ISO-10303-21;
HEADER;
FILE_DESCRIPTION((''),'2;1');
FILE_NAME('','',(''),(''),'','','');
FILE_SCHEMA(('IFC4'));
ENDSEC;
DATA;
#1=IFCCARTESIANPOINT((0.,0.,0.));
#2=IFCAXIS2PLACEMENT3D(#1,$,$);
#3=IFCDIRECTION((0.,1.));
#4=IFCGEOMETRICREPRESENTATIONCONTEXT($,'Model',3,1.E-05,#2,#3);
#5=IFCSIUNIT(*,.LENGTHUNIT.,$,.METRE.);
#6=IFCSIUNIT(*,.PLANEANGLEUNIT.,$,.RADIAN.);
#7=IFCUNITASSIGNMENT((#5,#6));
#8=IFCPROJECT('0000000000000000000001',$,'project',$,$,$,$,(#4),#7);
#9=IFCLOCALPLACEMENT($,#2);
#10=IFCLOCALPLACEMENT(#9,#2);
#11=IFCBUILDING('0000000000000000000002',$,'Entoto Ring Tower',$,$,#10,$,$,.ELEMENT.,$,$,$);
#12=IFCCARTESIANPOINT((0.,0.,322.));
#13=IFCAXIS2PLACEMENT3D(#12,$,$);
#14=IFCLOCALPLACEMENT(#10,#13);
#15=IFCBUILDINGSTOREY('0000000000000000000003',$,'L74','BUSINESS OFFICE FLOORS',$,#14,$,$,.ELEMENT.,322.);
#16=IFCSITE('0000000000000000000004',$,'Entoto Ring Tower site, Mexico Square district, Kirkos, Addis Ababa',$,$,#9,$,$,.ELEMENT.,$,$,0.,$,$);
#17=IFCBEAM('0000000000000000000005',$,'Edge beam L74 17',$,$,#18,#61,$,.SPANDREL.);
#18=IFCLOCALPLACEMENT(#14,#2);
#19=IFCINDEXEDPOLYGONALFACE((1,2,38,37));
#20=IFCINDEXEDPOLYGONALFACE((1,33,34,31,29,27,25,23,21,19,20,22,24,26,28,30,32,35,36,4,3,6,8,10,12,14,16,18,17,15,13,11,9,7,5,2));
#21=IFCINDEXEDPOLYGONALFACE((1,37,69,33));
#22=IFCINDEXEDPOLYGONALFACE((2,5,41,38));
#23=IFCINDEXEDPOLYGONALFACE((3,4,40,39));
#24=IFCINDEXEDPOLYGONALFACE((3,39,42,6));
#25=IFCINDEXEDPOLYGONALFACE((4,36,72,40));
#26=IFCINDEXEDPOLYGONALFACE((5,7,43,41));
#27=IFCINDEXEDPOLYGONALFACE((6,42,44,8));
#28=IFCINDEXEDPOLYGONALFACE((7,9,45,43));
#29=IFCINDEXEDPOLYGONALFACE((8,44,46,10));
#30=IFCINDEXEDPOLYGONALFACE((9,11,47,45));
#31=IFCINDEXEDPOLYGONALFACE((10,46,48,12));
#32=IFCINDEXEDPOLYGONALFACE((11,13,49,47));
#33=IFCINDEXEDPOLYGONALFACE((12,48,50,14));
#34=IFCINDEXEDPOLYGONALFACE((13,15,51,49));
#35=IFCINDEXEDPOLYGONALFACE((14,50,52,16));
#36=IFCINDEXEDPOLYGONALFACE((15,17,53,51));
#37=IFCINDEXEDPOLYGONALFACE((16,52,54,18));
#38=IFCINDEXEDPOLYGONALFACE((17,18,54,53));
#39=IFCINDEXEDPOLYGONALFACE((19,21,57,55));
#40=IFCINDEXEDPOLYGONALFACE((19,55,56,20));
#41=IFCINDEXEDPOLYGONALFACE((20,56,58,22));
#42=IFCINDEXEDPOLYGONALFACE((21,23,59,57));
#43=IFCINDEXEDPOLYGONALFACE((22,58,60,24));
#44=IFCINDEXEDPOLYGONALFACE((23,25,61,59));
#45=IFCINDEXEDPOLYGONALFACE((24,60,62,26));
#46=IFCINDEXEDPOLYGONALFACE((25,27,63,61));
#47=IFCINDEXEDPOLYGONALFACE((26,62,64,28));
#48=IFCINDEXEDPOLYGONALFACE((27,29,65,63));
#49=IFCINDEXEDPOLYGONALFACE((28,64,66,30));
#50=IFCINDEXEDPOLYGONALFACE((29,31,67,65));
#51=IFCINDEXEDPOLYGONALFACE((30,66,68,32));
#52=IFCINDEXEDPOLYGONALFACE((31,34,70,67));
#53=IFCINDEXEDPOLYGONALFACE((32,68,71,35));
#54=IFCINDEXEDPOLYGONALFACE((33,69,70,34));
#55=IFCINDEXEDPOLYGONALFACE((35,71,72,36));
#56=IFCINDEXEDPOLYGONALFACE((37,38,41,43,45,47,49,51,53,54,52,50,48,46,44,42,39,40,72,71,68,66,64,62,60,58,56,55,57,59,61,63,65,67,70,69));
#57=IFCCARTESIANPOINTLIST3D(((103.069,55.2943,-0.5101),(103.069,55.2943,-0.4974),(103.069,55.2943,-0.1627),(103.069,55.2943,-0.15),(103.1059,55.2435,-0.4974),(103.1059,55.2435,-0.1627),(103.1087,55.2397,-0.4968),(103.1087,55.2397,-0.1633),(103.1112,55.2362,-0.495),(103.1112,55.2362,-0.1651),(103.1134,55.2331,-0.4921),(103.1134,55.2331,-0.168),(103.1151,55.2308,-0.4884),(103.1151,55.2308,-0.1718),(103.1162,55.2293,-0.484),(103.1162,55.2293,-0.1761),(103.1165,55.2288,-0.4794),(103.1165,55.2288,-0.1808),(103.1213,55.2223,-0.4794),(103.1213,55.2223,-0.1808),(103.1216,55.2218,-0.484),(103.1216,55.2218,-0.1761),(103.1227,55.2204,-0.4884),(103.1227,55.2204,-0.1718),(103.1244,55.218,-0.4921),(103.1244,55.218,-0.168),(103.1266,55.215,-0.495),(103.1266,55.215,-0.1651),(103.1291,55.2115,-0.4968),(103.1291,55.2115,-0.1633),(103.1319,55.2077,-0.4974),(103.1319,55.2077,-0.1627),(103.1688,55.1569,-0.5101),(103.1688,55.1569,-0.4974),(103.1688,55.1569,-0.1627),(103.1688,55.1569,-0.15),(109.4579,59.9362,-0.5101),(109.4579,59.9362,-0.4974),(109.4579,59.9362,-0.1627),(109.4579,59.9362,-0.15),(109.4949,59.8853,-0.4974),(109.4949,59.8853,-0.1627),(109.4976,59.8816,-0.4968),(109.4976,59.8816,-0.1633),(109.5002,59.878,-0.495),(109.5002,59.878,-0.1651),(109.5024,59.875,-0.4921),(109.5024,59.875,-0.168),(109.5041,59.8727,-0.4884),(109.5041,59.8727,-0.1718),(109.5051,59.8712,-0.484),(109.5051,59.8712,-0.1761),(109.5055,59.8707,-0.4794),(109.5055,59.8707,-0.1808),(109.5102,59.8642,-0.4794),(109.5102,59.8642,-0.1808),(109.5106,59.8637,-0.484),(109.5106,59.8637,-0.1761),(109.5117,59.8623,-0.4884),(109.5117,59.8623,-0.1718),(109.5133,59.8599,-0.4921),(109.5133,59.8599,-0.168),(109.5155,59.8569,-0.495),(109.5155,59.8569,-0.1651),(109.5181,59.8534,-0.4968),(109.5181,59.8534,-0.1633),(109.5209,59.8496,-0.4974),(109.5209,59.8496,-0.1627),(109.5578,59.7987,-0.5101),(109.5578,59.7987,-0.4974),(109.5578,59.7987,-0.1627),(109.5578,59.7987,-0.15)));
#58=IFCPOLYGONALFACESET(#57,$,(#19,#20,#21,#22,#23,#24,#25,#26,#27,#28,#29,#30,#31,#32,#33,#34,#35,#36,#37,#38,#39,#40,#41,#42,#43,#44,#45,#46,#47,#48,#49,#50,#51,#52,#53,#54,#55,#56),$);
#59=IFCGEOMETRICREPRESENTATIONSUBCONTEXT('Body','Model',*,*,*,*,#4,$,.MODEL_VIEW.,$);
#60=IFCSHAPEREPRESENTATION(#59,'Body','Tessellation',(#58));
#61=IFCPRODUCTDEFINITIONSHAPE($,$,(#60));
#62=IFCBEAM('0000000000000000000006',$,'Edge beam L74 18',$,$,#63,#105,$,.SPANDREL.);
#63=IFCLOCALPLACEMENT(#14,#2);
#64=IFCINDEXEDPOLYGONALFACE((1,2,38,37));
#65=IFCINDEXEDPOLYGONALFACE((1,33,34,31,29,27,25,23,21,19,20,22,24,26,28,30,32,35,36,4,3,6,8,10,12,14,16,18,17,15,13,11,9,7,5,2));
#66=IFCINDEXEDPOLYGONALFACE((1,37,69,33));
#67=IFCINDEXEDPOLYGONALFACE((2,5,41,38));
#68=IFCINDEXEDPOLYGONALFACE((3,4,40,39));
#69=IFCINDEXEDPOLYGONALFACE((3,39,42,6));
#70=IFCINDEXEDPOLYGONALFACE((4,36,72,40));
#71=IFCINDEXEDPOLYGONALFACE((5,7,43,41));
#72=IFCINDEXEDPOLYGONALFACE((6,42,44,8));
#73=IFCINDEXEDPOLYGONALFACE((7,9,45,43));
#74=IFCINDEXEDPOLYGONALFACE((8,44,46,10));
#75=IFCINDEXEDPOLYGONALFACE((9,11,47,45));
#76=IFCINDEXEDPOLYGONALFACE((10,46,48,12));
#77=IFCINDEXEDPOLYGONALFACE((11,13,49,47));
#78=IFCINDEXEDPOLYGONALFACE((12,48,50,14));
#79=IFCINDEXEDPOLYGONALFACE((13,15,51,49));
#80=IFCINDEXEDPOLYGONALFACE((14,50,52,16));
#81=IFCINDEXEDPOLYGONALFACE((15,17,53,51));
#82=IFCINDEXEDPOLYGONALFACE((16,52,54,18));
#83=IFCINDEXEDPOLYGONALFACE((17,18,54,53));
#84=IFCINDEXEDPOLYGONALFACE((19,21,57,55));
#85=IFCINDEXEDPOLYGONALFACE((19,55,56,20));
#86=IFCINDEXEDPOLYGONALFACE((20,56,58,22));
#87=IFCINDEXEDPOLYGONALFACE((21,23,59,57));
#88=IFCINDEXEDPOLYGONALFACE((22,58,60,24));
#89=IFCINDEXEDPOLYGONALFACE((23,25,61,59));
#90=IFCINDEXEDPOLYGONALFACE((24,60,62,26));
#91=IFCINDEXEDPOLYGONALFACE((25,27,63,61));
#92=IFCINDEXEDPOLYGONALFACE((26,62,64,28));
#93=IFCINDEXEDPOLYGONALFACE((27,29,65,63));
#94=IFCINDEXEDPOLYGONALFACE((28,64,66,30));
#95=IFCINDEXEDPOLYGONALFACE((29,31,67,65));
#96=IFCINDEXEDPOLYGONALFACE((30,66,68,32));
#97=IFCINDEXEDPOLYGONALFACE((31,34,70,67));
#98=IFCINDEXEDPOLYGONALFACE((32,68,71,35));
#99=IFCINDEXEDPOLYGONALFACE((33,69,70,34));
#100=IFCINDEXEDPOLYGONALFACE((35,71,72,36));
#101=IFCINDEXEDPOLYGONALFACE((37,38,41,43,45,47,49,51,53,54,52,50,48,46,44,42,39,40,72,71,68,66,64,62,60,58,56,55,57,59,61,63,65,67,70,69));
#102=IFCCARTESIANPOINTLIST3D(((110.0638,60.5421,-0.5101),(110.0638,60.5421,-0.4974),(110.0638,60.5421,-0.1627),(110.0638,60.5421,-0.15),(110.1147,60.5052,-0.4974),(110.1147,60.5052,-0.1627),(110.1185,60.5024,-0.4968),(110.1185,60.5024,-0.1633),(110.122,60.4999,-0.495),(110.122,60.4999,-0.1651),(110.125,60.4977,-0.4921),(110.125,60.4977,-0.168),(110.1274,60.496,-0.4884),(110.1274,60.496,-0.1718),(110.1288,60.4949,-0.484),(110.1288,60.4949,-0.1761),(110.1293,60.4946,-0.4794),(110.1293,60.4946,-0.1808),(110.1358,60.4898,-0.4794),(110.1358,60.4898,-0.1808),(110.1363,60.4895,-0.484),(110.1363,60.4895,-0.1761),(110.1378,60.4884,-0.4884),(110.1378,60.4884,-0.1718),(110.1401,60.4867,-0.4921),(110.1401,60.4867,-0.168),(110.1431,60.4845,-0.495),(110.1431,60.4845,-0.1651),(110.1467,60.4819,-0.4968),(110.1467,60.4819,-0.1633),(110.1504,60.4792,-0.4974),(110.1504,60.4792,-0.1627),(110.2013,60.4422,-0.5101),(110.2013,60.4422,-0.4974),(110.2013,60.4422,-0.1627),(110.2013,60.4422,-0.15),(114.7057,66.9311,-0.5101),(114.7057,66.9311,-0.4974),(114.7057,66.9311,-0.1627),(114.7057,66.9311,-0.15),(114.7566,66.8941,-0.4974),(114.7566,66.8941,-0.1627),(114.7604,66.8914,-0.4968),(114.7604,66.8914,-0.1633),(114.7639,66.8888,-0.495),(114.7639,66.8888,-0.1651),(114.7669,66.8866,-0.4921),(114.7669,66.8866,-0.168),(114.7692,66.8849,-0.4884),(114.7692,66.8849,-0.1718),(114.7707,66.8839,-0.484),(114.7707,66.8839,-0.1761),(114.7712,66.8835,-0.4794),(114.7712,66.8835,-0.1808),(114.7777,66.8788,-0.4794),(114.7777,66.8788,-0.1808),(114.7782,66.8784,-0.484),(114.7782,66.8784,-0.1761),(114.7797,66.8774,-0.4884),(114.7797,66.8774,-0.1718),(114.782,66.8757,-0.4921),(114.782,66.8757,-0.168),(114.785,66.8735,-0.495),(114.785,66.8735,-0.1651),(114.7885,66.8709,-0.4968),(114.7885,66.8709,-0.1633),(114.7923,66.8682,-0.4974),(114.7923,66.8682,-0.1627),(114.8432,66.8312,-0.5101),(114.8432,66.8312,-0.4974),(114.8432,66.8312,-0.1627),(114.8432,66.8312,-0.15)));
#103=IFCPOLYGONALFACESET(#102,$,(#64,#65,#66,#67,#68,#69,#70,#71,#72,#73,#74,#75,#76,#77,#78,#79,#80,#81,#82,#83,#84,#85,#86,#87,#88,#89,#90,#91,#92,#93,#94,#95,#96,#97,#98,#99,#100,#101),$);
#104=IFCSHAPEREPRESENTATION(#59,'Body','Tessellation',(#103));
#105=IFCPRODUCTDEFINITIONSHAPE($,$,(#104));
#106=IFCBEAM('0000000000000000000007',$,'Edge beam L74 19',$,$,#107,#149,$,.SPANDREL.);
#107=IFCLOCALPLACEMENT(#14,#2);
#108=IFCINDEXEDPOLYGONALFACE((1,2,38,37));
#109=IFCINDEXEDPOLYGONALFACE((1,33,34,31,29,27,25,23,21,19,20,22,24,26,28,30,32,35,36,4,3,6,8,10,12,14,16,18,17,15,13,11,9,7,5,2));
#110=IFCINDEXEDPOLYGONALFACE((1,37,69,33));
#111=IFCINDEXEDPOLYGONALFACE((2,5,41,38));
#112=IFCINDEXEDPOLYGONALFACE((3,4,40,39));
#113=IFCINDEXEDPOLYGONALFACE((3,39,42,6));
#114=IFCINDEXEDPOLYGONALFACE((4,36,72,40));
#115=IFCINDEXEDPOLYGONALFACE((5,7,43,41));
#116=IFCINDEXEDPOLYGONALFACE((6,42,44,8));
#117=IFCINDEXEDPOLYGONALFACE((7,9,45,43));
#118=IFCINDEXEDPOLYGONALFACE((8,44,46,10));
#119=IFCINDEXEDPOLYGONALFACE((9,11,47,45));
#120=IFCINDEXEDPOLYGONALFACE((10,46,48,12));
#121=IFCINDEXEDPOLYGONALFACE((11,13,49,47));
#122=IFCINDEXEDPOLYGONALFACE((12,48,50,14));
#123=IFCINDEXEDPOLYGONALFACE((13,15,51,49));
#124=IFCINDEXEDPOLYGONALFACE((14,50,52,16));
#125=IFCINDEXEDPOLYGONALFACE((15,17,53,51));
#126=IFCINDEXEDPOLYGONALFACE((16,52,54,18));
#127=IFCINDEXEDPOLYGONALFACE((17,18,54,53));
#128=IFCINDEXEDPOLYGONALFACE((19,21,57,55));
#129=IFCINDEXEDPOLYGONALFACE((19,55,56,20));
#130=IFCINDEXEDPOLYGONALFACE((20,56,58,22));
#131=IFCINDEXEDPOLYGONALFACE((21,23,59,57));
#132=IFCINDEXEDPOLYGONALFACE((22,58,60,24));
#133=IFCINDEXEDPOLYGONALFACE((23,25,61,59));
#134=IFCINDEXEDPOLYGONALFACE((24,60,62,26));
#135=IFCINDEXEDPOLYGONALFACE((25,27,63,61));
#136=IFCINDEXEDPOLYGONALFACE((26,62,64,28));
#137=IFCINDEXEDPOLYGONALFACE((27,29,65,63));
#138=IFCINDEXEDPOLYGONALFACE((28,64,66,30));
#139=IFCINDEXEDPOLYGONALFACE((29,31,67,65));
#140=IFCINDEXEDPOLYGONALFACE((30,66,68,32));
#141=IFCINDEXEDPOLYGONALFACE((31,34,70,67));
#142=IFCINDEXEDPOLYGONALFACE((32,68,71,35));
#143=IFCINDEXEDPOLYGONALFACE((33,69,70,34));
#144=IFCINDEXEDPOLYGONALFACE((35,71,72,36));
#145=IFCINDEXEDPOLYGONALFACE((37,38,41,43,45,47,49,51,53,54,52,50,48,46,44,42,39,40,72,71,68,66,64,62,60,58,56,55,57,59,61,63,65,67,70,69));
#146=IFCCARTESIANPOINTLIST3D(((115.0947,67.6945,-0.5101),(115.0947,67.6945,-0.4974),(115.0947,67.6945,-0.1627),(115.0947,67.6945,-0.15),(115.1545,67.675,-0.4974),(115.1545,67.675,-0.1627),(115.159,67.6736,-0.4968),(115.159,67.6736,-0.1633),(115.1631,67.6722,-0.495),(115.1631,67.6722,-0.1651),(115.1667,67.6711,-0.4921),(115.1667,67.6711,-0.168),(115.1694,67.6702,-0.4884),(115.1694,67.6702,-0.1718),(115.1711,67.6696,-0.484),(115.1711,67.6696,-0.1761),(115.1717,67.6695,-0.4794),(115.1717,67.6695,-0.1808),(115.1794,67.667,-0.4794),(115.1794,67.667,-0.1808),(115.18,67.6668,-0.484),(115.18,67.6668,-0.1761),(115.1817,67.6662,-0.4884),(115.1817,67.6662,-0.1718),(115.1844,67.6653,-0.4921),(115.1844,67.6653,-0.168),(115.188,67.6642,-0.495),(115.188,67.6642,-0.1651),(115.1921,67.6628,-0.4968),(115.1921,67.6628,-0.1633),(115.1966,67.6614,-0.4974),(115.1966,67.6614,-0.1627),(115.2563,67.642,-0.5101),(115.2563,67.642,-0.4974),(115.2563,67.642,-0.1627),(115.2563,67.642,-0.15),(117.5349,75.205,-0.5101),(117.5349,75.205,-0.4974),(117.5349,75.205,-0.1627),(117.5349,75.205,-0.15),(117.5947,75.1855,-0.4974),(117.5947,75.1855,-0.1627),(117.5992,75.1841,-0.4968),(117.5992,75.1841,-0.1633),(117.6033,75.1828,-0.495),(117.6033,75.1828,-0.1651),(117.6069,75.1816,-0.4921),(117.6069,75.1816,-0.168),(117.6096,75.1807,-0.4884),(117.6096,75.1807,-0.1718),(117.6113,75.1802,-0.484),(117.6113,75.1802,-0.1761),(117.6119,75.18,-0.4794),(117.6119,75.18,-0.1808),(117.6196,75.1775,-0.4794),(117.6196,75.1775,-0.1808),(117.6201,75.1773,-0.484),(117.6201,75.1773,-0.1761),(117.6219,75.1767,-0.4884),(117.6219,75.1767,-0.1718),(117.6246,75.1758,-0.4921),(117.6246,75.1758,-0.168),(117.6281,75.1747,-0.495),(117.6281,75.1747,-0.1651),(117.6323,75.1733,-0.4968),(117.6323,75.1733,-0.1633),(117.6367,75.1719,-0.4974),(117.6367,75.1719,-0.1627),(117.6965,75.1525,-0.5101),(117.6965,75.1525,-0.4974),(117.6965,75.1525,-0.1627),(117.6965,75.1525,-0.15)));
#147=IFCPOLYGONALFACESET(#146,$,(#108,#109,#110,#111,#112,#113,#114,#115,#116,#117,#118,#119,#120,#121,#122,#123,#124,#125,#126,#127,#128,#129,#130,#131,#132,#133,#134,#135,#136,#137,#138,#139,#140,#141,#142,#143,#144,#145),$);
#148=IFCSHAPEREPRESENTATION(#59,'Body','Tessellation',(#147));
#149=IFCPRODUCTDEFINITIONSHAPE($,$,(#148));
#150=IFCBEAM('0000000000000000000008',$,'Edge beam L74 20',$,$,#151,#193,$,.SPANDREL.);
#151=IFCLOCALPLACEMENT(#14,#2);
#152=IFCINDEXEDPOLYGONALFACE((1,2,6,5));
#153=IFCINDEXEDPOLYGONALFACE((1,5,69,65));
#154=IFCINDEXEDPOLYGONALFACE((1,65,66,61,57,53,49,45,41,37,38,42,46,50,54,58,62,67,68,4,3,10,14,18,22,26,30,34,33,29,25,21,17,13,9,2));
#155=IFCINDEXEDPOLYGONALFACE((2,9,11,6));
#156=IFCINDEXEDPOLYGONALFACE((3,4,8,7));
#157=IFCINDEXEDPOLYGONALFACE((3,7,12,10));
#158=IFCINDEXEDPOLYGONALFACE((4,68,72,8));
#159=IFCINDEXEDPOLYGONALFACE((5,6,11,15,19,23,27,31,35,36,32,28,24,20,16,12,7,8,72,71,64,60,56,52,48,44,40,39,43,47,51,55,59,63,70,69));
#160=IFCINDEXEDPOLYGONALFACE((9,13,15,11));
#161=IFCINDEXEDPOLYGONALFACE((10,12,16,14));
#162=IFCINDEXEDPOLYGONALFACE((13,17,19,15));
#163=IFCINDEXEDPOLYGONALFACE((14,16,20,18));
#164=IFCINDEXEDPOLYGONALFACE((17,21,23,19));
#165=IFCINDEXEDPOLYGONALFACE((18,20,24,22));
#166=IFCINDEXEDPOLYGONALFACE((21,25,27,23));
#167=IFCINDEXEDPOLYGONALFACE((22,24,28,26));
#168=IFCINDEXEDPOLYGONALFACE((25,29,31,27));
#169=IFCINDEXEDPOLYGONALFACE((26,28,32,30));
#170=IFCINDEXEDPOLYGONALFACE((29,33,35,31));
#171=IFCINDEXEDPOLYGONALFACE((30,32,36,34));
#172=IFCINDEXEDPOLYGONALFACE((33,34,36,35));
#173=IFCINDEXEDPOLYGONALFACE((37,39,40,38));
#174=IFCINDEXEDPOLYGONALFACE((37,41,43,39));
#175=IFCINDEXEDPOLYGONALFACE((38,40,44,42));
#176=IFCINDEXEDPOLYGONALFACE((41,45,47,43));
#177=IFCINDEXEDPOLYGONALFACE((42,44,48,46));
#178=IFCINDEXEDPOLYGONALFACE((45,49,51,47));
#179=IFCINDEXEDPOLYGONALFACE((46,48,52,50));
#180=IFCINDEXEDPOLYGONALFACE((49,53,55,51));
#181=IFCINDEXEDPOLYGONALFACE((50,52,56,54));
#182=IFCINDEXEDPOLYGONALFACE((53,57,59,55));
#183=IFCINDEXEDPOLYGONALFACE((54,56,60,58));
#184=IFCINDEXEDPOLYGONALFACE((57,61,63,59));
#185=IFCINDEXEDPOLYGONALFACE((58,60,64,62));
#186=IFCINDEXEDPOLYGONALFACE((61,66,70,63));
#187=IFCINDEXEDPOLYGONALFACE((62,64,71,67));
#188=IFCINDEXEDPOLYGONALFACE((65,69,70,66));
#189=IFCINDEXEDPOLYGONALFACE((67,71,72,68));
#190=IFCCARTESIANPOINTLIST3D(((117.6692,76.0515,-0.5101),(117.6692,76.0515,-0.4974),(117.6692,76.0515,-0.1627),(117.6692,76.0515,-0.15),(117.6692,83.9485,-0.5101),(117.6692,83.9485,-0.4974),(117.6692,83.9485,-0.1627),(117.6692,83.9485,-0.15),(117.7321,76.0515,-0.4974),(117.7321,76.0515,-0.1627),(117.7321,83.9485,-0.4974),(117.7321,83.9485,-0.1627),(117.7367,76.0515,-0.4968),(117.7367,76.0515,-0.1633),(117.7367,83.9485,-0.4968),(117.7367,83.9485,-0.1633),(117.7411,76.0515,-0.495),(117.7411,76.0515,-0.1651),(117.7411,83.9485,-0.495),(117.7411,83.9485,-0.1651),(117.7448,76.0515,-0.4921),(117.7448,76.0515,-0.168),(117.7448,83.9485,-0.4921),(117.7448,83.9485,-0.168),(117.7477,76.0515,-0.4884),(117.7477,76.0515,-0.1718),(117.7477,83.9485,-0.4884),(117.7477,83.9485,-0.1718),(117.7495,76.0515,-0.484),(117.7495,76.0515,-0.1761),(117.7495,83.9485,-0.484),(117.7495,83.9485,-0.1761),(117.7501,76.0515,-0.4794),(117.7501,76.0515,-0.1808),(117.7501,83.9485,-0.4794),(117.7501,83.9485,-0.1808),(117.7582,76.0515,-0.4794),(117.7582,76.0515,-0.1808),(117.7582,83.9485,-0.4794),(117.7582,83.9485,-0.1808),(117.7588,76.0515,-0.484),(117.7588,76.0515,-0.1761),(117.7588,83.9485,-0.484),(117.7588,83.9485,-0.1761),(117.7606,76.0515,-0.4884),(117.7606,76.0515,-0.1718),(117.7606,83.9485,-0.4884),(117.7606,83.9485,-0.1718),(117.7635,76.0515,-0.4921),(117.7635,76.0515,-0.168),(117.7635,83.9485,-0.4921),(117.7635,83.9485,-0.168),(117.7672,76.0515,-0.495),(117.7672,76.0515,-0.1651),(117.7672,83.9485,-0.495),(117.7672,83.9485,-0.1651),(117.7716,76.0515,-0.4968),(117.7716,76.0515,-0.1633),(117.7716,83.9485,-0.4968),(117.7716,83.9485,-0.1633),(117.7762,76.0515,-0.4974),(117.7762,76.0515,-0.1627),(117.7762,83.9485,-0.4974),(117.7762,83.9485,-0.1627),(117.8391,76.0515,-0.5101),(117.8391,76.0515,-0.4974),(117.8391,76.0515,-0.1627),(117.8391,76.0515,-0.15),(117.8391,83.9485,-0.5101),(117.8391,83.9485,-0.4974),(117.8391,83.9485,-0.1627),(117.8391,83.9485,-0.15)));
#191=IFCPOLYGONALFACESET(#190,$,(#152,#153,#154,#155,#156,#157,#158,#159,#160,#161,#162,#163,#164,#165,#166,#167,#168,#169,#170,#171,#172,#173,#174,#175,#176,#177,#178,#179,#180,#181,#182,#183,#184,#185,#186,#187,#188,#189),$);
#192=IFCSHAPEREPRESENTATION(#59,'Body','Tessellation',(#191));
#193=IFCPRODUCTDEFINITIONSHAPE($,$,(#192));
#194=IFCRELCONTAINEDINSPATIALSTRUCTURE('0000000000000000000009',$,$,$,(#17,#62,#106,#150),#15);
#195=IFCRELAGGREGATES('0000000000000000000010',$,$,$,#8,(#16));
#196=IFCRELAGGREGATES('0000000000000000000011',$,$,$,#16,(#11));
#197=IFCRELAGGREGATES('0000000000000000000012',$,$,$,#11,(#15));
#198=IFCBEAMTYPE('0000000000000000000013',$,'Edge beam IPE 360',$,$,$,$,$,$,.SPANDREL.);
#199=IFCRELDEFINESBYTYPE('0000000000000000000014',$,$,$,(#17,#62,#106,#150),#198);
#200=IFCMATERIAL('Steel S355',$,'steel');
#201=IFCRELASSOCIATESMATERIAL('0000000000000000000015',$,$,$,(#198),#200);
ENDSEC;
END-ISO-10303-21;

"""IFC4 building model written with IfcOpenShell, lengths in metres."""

from ifc_helpers import new_model, si_unit, direction, frame, origin, origin_2d, place, context, subcontext, project, spatial, i_section, extrude, material, material_profile, profile_set, type_object, element, save


model = new_model("IFC4")

# Units and contexts
model_context = context("Model", 3, precision=1e-05, world=origin(), true_north=direction((0.0, 1.0)))
body_context = subcontext(model_context, "Body", "Model", "MODEL_VIEW")
ifc_project = project(units=[si_unit("LENGTHUNIT", "METRE"), si_unit("PLANEANGLEUNIT", "RADIAN")], contexts=[model_context])

# Site, building, storey
site_placement = place(None, origin())
site = spatial("IfcSite", under=ifc_project, at=site_placement, Name="Entoto Ring Tower site, Mexico Square district, Kirkos, Addis Ababa", CompositionType="ELEMENT", RefElevation=0.0)
building_placement = place(site_placement, origin())
building = spatial("IfcBuilding", under=site, at=building_placement, Name="Entoto Ring Tower", CompositionType="ELEMENT")
storey_placement = place(building_placement, frame((0.0, 0.0, 322.0)))
storey = spatial("IfcBuildingStorey", under=building, at=storey_placement, Name="L74", Description="BUSINESS OFFICE FLOORS", CompositionType="ELEMENT", Elevation=322.0)

# Beams
ifc_material_1 = material(Name="Steel S355", Category="steel")
ifc_material_profile_1 = material_profile(ifc_material_1, i_section(OverallWidth=0.1699, OverallDepth=0.3601, WebThickness=0.0081, FlangeThickness=0.0127, FilletRadius=0.0181, at=origin_2d()), Name="IPE 360")
ifc_profile_set_1 = profile_set([ifc_material_profile_1], Name="Steel S355")
beam_type_1 = type_object("IfcBeamType", Name="Edge beam IPE 360", PredefinedType="SPANDREL", material=ifc_profile_set_1)
for number, where, z_axis, x_axis, name in (
    (1, (103.1189, 55.2256, -0.3301), (0.809015, 0.587787, 0.0), (-0.587787, 0.809015, 0.0), "Edge beam L74 17"),
    (2, (110.1326, 60.4922, -0.3301), (0.587787, 0.809015, 0.0), (-0.809015, 0.587787, 0.0), "Edge beam L74 18"),
):
    element("IfcBeam", number, at=place(storey_placement, frame(where, z_axis=z_axis, x_axis=x_axis)), inside=storey, type_object=beam_type_1, Name=name, PredefinedType="SPANDREL", context=body_context, shape_type="SweptSolid", body=[
        extrude(i_section(OverallWidth=0.1699, OverallDepth=0.3601, WebThickness=0.0081, FlangeThickness=0.0127, FilletRadius=0.0181, at=origin_2d()), origin(), (0.0, 0.0, 1.0), 7.8972),
    ])
for number, where, z_axis, x_axis, name in (
    (3, (115.1755, 67.6682, -0.3301), (0.309003, 0.951061, 0.0), (-0.951061, 0.309003, 0.0), "Edge beam L74 19"),
    (4, (117.7542, 76.0515, -0.3301), (0.0, 1.0, 0.0), (-1.0, 0.0, 0.0), "Edge beam L74 20"),
):
    element("IfcBeam", number, at=place(storey_placement, frame(where, z_axis=z_axis, x_axis=x_axis)), inside=storey, type_object=beam_type_1, Name=name, PredefinedType="SPANDREL", context=body_context, shape_type="SweptSolid", body=[
        extrude(i_section(OverallWidth=0.1699, OverallDepth=0.3601, WebThickness=0.0081, FlangeThickness=0.0127, FilletRadius=0.0181, at=origin_2d()), origin(), (0.0, 0.0, 1.0), 7.897),
    ])

save(model, "model.ifc")
